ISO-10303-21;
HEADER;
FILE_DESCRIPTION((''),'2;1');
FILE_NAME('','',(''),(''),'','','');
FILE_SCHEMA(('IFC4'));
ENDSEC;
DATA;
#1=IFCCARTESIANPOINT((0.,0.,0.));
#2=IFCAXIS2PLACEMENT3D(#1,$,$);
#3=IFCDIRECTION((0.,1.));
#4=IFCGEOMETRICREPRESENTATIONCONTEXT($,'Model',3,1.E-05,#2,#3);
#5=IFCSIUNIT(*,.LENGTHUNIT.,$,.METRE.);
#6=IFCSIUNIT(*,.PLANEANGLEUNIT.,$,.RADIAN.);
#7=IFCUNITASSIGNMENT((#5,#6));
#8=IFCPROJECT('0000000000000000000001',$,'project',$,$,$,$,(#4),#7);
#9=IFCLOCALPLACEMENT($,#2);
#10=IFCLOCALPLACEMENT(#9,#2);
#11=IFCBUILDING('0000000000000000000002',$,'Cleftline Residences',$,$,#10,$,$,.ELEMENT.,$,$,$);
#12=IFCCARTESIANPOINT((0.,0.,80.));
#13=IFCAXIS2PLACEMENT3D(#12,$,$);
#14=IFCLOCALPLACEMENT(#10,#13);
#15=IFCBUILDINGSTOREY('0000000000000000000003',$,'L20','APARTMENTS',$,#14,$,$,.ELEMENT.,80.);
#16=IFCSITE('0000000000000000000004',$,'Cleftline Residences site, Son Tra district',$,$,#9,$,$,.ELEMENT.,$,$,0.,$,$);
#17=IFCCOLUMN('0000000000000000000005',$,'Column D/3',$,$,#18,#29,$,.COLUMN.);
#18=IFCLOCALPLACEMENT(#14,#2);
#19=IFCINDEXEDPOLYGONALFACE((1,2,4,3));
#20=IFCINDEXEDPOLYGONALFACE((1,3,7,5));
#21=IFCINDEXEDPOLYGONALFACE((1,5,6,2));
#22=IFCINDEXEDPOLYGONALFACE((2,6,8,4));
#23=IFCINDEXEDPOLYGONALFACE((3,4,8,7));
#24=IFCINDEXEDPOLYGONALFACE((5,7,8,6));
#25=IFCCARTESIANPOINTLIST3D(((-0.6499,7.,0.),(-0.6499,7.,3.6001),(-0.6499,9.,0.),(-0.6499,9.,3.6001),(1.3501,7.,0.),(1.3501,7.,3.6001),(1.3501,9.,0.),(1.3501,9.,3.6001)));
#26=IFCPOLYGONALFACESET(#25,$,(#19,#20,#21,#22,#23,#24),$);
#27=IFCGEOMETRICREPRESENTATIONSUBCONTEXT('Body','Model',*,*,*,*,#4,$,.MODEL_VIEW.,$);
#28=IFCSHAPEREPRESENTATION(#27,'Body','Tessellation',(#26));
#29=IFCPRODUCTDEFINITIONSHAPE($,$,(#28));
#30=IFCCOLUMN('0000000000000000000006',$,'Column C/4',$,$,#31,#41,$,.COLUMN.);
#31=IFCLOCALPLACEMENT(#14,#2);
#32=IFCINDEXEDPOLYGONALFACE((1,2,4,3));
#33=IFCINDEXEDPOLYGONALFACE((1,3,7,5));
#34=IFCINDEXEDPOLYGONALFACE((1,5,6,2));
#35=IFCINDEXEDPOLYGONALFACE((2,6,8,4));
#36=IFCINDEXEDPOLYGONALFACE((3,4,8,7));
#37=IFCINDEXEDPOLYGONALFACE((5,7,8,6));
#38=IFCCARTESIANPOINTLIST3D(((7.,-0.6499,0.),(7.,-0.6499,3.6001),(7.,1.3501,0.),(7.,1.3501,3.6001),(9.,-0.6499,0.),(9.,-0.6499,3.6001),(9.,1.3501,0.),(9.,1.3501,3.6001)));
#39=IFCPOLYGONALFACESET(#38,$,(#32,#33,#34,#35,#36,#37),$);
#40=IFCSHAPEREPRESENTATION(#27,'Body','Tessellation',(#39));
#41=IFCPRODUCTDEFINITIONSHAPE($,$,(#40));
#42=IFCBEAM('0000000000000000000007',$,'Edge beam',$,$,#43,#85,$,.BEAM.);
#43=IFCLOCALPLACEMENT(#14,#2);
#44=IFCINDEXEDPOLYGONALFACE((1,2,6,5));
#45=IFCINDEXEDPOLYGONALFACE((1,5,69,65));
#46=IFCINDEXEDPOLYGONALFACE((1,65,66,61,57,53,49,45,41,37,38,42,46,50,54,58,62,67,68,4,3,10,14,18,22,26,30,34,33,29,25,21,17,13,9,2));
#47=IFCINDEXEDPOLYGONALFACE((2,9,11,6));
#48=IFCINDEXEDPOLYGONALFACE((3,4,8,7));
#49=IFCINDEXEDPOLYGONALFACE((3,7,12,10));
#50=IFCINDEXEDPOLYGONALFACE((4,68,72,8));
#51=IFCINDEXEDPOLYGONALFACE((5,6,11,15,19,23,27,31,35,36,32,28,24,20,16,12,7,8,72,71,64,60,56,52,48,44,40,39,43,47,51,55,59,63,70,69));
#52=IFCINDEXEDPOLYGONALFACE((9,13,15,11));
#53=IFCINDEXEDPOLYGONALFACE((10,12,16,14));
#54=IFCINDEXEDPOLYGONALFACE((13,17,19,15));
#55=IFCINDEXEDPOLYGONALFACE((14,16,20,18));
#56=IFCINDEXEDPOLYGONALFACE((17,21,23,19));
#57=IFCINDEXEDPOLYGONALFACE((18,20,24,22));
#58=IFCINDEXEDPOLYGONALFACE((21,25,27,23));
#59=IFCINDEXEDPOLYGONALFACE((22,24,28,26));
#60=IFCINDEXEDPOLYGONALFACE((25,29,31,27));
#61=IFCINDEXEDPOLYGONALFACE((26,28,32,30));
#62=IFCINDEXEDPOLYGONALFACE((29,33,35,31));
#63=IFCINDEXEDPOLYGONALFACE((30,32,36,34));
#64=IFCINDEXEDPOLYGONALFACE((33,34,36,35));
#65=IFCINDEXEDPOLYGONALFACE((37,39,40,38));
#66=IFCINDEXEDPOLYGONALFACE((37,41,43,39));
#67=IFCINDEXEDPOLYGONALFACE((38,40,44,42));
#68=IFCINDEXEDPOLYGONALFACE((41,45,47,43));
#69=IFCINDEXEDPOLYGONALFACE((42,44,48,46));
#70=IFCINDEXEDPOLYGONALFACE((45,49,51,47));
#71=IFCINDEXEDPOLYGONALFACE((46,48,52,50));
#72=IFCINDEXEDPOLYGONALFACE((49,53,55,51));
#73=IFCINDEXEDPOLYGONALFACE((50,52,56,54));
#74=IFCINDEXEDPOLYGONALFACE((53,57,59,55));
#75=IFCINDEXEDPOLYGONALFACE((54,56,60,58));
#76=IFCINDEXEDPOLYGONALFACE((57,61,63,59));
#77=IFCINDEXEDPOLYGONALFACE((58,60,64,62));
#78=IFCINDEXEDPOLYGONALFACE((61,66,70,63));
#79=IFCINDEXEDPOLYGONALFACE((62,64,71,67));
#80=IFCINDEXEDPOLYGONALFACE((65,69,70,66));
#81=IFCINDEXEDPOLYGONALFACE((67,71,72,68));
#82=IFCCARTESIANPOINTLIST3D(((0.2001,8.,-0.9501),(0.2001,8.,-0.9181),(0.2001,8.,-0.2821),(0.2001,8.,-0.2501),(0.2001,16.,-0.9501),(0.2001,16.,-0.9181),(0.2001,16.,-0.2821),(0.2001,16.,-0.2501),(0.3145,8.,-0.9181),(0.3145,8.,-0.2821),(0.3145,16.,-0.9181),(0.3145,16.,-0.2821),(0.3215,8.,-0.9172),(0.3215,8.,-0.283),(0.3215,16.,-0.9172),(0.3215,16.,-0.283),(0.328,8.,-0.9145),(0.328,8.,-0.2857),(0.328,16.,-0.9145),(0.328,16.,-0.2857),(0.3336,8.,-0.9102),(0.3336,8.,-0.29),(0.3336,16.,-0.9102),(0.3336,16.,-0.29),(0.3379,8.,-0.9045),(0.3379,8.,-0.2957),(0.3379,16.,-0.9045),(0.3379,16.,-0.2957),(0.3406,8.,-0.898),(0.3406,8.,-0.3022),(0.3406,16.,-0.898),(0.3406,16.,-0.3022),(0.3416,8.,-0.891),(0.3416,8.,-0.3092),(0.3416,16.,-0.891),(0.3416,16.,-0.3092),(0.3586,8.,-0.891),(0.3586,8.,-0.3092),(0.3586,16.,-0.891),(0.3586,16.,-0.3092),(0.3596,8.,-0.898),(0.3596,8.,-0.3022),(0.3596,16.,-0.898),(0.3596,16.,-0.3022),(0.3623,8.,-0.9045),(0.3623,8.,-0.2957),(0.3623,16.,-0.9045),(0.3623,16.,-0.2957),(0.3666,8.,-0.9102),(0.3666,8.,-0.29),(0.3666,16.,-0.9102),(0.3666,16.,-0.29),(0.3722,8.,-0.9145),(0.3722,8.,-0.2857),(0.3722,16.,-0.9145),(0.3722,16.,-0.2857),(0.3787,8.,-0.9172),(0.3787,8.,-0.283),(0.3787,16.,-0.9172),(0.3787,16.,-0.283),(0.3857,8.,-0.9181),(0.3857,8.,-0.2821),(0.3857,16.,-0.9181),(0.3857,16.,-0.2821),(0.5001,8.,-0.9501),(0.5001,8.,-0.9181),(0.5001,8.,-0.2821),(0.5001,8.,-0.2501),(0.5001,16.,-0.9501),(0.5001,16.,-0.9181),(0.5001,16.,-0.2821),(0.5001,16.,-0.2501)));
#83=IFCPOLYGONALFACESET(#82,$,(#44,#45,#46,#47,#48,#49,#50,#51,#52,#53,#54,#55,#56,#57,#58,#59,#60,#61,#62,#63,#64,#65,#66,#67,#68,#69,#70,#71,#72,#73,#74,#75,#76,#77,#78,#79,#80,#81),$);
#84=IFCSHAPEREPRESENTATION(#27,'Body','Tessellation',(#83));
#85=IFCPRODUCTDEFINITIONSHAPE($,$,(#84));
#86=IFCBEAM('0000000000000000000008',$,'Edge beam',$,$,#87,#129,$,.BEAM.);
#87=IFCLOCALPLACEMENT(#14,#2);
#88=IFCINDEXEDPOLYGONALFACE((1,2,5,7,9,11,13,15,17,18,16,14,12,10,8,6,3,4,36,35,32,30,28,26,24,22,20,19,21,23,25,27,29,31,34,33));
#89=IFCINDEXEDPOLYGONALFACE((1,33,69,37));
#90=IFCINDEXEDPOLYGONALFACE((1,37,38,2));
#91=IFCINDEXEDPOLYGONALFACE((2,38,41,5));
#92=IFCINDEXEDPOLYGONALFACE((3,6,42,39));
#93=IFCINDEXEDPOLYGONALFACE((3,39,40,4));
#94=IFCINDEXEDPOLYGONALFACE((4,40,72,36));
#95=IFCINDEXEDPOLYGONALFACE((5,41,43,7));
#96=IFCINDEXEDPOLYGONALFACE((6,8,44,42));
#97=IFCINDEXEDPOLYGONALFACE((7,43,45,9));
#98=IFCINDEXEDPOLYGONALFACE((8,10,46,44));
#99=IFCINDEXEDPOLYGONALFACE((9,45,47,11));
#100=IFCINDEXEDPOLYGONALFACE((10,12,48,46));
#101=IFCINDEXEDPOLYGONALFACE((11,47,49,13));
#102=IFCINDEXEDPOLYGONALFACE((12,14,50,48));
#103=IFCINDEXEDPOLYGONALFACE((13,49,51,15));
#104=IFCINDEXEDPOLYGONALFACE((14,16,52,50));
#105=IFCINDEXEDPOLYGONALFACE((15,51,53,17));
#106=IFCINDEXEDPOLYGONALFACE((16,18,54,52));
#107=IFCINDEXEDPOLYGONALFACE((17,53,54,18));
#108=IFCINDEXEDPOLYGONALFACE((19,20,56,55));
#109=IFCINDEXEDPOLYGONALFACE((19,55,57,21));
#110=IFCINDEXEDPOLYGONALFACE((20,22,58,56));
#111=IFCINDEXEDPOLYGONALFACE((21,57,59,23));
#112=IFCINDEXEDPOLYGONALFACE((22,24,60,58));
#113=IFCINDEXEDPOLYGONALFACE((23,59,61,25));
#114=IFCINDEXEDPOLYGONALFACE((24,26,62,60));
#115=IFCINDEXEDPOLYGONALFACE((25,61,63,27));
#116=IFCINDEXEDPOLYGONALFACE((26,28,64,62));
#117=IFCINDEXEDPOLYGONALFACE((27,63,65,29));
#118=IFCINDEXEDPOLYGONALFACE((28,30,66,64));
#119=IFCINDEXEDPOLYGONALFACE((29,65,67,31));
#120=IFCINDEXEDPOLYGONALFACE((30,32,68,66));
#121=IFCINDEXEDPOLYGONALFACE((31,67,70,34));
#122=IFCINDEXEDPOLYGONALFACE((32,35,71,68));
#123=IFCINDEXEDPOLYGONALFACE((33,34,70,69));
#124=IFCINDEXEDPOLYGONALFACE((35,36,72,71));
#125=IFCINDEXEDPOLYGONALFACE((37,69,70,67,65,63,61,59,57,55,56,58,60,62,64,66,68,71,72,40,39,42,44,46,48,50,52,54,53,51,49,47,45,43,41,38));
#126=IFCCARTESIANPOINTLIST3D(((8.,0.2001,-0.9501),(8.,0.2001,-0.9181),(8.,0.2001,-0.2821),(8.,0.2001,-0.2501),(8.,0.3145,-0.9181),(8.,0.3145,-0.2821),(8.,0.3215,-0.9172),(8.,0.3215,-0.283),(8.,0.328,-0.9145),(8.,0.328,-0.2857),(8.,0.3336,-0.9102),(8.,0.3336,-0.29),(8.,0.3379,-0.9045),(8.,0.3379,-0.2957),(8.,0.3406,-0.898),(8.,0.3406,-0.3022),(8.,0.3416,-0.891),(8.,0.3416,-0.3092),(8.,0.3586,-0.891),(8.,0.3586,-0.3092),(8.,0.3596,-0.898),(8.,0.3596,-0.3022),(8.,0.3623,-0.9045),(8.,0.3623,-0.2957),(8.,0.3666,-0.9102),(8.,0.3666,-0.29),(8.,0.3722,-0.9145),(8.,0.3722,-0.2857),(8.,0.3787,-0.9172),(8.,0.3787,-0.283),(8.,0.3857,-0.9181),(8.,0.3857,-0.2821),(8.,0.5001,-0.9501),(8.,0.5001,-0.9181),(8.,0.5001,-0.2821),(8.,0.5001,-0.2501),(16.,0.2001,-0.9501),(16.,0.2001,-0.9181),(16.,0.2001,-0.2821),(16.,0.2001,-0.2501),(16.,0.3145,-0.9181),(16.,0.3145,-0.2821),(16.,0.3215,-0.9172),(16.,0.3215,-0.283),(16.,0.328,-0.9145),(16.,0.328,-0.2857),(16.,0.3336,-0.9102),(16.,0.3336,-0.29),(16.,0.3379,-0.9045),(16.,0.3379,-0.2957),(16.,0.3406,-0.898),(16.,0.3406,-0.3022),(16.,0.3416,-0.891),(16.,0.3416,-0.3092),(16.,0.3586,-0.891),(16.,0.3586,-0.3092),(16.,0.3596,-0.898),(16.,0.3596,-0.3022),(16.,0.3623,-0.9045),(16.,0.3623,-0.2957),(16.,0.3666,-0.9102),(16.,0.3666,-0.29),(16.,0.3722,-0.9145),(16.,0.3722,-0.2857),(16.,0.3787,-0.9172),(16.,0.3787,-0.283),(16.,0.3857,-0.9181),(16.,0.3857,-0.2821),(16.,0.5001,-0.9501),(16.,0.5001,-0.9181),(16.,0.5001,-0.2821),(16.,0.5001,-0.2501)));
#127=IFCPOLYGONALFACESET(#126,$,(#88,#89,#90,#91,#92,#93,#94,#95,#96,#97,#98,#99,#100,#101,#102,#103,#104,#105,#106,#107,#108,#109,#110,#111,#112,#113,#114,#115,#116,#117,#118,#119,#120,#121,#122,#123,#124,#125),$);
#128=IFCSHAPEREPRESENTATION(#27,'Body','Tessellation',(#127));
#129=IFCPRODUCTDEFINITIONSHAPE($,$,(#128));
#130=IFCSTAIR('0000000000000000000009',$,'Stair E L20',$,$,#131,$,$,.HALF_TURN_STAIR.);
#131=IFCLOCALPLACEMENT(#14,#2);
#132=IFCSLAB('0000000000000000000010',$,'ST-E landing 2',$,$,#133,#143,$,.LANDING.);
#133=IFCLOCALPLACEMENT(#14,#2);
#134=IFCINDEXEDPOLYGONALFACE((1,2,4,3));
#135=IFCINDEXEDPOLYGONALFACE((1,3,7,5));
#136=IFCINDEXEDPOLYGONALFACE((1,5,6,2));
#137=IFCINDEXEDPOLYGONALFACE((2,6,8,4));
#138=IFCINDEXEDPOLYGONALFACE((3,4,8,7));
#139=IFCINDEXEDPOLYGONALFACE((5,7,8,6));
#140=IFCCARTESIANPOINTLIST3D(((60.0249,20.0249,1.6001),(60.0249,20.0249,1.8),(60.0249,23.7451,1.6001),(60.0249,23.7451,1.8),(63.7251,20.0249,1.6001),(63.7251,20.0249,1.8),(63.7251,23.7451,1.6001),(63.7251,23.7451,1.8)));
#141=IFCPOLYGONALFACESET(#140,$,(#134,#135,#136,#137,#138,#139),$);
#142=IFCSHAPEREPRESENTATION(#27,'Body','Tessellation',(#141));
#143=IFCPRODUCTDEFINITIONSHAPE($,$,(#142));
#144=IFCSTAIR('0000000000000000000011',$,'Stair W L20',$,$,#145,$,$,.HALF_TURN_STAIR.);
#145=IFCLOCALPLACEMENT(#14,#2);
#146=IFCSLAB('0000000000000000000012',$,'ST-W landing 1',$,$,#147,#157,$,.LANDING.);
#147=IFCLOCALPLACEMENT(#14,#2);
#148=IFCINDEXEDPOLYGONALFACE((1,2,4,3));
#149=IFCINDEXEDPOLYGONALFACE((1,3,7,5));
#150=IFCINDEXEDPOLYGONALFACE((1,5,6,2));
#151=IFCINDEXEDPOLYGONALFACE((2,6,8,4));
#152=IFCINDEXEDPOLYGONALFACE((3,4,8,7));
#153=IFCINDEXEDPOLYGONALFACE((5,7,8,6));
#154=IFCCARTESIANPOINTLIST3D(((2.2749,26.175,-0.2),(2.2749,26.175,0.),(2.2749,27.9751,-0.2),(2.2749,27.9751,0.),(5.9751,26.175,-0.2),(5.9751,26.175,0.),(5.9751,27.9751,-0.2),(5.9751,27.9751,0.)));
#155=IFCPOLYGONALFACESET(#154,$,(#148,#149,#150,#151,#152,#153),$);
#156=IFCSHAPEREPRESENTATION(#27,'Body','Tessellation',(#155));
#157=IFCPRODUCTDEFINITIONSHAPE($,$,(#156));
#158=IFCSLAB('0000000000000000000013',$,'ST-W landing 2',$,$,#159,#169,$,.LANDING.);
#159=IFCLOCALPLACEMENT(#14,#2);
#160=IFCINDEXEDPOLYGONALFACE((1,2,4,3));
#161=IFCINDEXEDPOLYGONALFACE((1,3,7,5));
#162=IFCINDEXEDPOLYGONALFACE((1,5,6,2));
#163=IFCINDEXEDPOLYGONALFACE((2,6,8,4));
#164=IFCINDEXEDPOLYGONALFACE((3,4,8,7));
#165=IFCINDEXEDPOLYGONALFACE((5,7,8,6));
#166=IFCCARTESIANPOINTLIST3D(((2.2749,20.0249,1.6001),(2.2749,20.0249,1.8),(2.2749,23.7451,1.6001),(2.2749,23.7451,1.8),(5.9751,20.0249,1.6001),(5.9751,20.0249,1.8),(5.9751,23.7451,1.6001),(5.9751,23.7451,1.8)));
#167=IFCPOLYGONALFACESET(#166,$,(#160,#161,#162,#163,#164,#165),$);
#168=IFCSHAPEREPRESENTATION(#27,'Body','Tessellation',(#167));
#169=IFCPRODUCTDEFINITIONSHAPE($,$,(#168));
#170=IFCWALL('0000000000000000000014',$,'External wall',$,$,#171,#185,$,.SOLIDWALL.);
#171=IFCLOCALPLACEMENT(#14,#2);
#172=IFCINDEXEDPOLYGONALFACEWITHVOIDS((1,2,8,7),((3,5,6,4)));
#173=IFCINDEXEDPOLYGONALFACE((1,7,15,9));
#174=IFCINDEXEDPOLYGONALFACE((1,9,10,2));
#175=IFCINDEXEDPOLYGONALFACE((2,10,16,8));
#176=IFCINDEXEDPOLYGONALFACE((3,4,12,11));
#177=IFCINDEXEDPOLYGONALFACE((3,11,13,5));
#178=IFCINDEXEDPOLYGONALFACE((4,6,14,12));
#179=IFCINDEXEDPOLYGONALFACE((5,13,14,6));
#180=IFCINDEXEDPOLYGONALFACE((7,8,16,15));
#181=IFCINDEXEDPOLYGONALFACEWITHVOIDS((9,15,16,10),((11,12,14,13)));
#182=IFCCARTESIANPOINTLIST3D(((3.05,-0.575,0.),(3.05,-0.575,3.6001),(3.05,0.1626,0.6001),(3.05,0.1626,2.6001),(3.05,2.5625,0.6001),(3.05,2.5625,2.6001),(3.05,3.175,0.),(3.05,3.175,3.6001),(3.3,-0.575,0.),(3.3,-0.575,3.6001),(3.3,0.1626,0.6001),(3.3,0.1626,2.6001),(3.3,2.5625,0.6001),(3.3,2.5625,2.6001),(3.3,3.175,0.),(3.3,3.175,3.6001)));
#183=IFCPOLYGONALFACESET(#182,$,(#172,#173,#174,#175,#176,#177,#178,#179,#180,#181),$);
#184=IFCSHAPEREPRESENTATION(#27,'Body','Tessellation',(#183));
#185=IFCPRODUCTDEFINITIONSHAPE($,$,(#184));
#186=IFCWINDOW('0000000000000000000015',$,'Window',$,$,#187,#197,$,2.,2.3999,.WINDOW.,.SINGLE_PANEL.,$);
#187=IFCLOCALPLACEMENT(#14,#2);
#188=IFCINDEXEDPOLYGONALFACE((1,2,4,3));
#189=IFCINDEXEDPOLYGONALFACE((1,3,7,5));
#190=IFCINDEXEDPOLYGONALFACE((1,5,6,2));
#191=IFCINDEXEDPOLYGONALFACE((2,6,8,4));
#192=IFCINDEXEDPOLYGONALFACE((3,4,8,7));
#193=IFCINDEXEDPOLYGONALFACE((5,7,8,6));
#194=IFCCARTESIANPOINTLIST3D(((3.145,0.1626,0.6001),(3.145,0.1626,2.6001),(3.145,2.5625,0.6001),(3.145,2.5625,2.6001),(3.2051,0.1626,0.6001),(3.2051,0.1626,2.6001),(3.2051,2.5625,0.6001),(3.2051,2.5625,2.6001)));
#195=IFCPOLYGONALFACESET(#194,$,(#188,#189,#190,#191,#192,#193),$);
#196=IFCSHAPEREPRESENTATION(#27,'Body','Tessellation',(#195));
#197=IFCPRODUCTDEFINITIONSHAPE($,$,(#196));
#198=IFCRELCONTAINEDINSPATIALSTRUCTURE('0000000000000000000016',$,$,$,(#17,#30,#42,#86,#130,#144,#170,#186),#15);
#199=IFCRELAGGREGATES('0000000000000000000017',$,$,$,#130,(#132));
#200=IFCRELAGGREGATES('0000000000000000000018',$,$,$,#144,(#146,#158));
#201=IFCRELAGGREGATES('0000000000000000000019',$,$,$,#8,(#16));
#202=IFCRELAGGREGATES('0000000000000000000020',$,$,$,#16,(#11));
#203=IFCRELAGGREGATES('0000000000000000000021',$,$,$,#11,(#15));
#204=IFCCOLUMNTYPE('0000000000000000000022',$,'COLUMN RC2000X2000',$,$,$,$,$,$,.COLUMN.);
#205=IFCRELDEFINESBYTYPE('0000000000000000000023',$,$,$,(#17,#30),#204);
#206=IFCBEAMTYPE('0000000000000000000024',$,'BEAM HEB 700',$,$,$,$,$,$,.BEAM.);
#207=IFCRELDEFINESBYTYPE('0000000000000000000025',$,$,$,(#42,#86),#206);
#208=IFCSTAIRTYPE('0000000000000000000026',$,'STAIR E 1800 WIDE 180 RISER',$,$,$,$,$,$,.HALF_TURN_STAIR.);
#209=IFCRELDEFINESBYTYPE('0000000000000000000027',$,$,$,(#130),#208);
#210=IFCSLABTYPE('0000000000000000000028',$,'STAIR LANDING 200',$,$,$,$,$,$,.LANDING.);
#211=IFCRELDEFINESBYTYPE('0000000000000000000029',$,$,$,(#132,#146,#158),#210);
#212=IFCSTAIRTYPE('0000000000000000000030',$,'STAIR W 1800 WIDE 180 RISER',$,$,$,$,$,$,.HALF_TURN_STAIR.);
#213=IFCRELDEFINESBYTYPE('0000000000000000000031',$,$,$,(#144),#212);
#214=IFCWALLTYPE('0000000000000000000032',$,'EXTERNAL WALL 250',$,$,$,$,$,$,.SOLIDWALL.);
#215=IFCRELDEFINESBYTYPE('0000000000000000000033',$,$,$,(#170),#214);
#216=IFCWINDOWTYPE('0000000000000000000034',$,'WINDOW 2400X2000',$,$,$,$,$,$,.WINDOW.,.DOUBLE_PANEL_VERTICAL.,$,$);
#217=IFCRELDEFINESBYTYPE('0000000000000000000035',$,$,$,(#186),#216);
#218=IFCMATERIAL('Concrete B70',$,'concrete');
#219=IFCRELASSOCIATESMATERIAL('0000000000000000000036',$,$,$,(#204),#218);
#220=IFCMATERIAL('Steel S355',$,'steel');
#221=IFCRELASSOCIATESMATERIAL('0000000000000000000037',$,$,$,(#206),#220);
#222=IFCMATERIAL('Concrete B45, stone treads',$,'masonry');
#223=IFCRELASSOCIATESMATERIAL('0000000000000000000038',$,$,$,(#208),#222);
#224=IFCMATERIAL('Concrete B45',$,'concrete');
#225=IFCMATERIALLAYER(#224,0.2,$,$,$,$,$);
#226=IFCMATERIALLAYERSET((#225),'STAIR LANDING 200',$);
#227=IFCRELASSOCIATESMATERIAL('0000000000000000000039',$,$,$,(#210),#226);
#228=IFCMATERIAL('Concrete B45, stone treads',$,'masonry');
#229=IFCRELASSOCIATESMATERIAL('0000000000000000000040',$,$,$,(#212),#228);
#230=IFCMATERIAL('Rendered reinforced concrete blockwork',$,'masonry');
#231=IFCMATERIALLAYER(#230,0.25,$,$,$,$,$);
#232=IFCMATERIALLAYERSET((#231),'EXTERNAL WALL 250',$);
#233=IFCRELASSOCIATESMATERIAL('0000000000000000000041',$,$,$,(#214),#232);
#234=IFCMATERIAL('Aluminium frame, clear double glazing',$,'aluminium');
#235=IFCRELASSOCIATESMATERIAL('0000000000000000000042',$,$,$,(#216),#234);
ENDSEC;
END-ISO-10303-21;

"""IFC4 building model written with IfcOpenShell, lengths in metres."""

from ifc_helpers import new_model, si_unit, direction, frame, frame_2d, origin, origin_2d, place, context, subcontext, project, spatial, polyline, rectangle, i_section, outline, extrude, material, layer, layer_set, material_profile, profile_set, type_object, element, fill, aggregate, save


model = new_model("IFC4")

# Units and contexts
model_context = context("Model", 3, precision=1e-05, world=origin(), true_north=direction((0.0, 1.0)))
body_context = subcontext(model_context, "Body", "Model", "MODEL_VIEW")
ifc_project = project(units=[si_unit("LENGTHUNIT", "METRE"), si_unit("PLANEANGLEUNIT", "RADIAN")], contexts=[model_context])

# Site, building, storey
site_placement = place(None, origin())
site = spatial("IfcSite", under=ifc_project, at=site_placement, Name="Cleftline Residences site, Son Tra district", CompositionType="ELEMENT", RefElevation=0.0)
building_placement = place(site_placement, origin())
building = spatial("IfcBuilding", under=site, at=building_placement, Name="Cleftline Residences", CompositionType="ELEMENT")
storey_placement = place(building_placement, frame((0.0, 0.0, 80.0)))
storey = spatial("IfcBuildingStorey", under=building, at=storey_placement, Name="L20", Description="APARTMENTS", CompositionType="ELEMENT", Elevation=80.0)

# Columns
ifc_material_1 = material(Name="Concrete B70", Category="concrete")
ifc_material_profile_1 = material_profile(ifc_material_1, rectangle(XDim=2.0, YDim=2.0, at=origin_2d()))
ifc_profile_set_1 = profile_set([ifc_material_profile_1], Name="Concrete B70")
column_type = type_object("IfcColumnType", Name="COLUMN RC2000X2000", PredefinedType="COLUMN", material=ifc_profile_set_1)
for number, where, z_axis, x_axis, name in (
    (1, (0.3501, 8.0, 0.0), (0.0, 0.0, 1.0), (1.0, 0.0, 0.0), "Column D/3"),
    (2, (8.0, 0.3501, 0.0), (0.0, 0.0, 1.0), (1.0, 0.0, 0.0), "Column C/4"),
):
    element("IfcColumn", number, at=place(storey_placement, frame(where, z_axis=z_axis, x_axis=x_axis)), inside=storey, type_object=column_type, Name=name, PredefinedType="COLUMN", context=body_context, shape_type="SweptSolid", body=[
        extrude(rectangle(XDim=2.0, YDim=2.0, at=origin_2d()), origin(), (0.0, 0.0, 1.0), 3.6001),
    ])

# Beams
ifc_material_2 = material(Name="Steel S355", Category="steel")
ifc_material_profile_2 = material_profile(ifc_material_2, i_section(OverallWidth=0.3, OverallDepth=0.7, WebThickness=0.0171, FlangeThickness=0.032, FilletRadius=0.0271, at=origin_2d()))
ifc_profile_set_2 = profile_set([ifc_material_profile_2], Name="Steel S355")
beam_type = type_object("IfcBeamType", Name="BEAM HEB 700", PredefinedType="BEAM", material=ifc_profile_set_2)
for number, where, z_axis, x_axis, name in (
    (3, (0.3501, 8.0, -0.6001), (0.0, 1.0, 0.0), (-1.0, 0.0, 0.0), "Edge beam"),
    (4, (8.0, 0.3501, -0.6001), (1.0, 0.0, 0.0), (0.0, 1.0, 0.0), "Edge beam"),
):
    element("IfcBeam", number, at=place(storey_placement, frame(where, z_axis=z_axis, x_axis=x_axis)), inside=storey, type_object=beam_type, Name=name, PredefinedType="BEAM", context=body_context, shape_type="SweptSolid", body=[
        extrude(i_section(OverallWidth=0.3, OverallDepth=0.7, WebThickness=0.0171, FlangeThickness=0.032, FilletRadius=0.0271, at=origin_2d()), origin(), (0.0, 0.0, 1.0), 8.0),
    ])

# Stair, slab
ifc_material_3 = material(Name="Concrete B45, stone treads", Category="masonry")
stair_type_1 = type_object("IfcStairType", Name="STAIR E 1800 WIDE 180 RISER", PredefinedType="HALF_TURN_STAIR", material=ifc_material_3)
stair_1_placement = place(storey_placement, origin())
stair_1 = element("IfcStair", 5, at=stair_1_placement, inside=storey, type_object=stair_type_1, Name="Stair E L20", PredefinedType="HALF_TURN_STAIR")
ifc_material_4 = material(Name="Concrete B45", Category="concrete")
ifc_layer_1 = layer(ifc_material_4, 0.2)
ifc_layer_set_1 = layer_set([ifc_layer_1], Name="STAIR LANDING 200")
slab_type = type_object("IfcSlabType", Name="STAIR LANDING 200", PredefinedType="LANDING", material=ifc_layer_set_1)
slab_1_placement = place(storey_placement, frame((0.0, 0.0, 1.6001)))
slab_1 = element("IfcSlab", 6, at=slab_1_placement, type_object=slab_type, Name="ST-E landing 2", PredefinedType="LANDING", context=body_context, shape_type="SweptSolid", body=[
    extrude(outline(polyline([(60.0249, 20.0249), (63.7251, 20.0249), (63.7251, 23.7451), (60.0249, 23.7451), (60.0249, 20.0249)])), origin(), (0.0, 0.0, 1.0), 0.2),
])
aggregate(stair_1, [slab_1])

# Stair, slabs
ifc_material_5 = material(Name="Concrete B45, stone treads", Category="masonry")
stair_type_2 = type_object("IfcStairType", Name="STAIR W 1800 WIDE 180 RISER", PredefinedType="HALF_TURN_STAIR", material=ifc_material_5)
stair_2_placement = place(storey_placement, origin())
stair_2 = element("IfcStair", 7, at=stair_2_placement, inside=storey, type_object=stair_type_2, Name="Stair W L20", PredefinedType="HALF_TURN_STAIR")
slab_2_placement = place(storey_placement, frame((0.0, 0.0, -0.2)))
slab_2 = element("IfcSlab", 8, at=slab_2_placement, type_object=slab_type, Name="ST-W landing 1", PredefinedType="LANDING", context=body_context, shape_type="SweptSolid", body=[
    extrude(outline(polyline([(2.2749, 26.175), (5.9751, 26.175), (5.9751, 27.9751), (2.2749, 27.9751), (2.2749, 26.175)])), origin(), (0.0, 0.0, 1.0), 0.2),
])
slab_3_placement = place(storey_placement, frame((0.0, 0.0, 1.6001)))
slab_3 = element("IfcSlab", 9, at=slab_3_placement, type_object=slab_type, Name="ST-W landing 2", PredefinedType="LANDING", context=body_context, shape_type="SweptSolid", body=[
    extrude(outline(polyline([(2.2749, 20.0249), (5.9751, 20.0249), (5.9751, 23.7451), (2.2749, 23.7451), (2.2749, 20.0249)])), origin(), (0.0, 0.0, 1.0), 0.2),
])
aggregate(stair_2, [slab_2, slab_3])

# Wall, opening, window
ifc_material_6 = material(Name="Rendered reinforced concrete blockwork", Category="masonry")
ifc_layer_2 = layer(ifc_material_6, 0.25)
ifc_layer_set_2 = layer_set([ifc_layer_2], Name="EXTERNAL WALL 250")
wall_type_1 = type_object("IfcWallType", Name="EXTERNAL WALL 250", PredefinedType="SOLIDWALL", material=ifc_layer_set_2)
wall_1_placement = place(storey_placement, frame((3.175, 3.175, 0.0), z_axis=(0.0, 0.0, 1.0), x_axis=(0.0, -1.0, 0.0)))
wall_1 = element("IfcWall", 10, at=wall_1_placement, inside=storey, type_object=wall_type_1, Name="External wall", PredefinedType="SOLIDWALL", context=body_context, shape_type="SweptSolid", body=[
    extrude(rectangle(XDim=3.75, YDim=0.25, at=frame_2d((1.875, 0.0))), origin(), (0.0, 0.0, 1.0), 3.6001),
])
opening_1_placement = place(wall_1_placement, frame((0.6125, 0.0, 0.6001)))
opening_1 = element("IfcOpeningElement", 11, at=opening_1_placement, cuts=wall_1, PredefinedType="OPENING", context=body_context, shape_type="SweptSolid", body=[
    extrude(rectangle(XDim=2.3999, YDim=2.0, at=frame_2d((1.2, 1.0))), frame((0.0, 0.135, 0.0), z_axis=(0.0, -1.0, 0.0), x_axis=(1.0, 0.0, 0.0)), (0.0, 0.0, 1.0), 0.27),
])
ifc_material_7 = material(Name="Aluminium frame, clear double glazing", Category="aluminium")
window_type_1 = type_object("IfcWindowType", Name="WINDOW 2400X2000", PartitioningType="DOUBLE_PANEL_VERTICAL", PredefinedType="WINDOW", material=ifc_material_7)
window_1_placement = place(opening_1_placement, origin())
window_1 = element("IfcWindow", 12, at=window_1_placement, inside=storey, type_object=window_type_1, Name="Window", OverallHeight=2.0, OverallWidth=2.3999, PartitioningType="SINGLE_PANEL", PredefinedType="WINDOW", context=body_context, shape_type="SweptSolid", body=[
    extrude(rectangle(XDim=2.3999, YDim=2.0, at=frame_2d((1.2, 1.0))), frame((0.0, 0.03, 0.0), z_axis=(0.0, -1.0, 0.0), x_axis=(1.0, 0.0, 0.0)), (0.0, 0.0, 1.0), 0.0601),
])
fill(opening_1, window_1)

save(model, "model.ifc")
